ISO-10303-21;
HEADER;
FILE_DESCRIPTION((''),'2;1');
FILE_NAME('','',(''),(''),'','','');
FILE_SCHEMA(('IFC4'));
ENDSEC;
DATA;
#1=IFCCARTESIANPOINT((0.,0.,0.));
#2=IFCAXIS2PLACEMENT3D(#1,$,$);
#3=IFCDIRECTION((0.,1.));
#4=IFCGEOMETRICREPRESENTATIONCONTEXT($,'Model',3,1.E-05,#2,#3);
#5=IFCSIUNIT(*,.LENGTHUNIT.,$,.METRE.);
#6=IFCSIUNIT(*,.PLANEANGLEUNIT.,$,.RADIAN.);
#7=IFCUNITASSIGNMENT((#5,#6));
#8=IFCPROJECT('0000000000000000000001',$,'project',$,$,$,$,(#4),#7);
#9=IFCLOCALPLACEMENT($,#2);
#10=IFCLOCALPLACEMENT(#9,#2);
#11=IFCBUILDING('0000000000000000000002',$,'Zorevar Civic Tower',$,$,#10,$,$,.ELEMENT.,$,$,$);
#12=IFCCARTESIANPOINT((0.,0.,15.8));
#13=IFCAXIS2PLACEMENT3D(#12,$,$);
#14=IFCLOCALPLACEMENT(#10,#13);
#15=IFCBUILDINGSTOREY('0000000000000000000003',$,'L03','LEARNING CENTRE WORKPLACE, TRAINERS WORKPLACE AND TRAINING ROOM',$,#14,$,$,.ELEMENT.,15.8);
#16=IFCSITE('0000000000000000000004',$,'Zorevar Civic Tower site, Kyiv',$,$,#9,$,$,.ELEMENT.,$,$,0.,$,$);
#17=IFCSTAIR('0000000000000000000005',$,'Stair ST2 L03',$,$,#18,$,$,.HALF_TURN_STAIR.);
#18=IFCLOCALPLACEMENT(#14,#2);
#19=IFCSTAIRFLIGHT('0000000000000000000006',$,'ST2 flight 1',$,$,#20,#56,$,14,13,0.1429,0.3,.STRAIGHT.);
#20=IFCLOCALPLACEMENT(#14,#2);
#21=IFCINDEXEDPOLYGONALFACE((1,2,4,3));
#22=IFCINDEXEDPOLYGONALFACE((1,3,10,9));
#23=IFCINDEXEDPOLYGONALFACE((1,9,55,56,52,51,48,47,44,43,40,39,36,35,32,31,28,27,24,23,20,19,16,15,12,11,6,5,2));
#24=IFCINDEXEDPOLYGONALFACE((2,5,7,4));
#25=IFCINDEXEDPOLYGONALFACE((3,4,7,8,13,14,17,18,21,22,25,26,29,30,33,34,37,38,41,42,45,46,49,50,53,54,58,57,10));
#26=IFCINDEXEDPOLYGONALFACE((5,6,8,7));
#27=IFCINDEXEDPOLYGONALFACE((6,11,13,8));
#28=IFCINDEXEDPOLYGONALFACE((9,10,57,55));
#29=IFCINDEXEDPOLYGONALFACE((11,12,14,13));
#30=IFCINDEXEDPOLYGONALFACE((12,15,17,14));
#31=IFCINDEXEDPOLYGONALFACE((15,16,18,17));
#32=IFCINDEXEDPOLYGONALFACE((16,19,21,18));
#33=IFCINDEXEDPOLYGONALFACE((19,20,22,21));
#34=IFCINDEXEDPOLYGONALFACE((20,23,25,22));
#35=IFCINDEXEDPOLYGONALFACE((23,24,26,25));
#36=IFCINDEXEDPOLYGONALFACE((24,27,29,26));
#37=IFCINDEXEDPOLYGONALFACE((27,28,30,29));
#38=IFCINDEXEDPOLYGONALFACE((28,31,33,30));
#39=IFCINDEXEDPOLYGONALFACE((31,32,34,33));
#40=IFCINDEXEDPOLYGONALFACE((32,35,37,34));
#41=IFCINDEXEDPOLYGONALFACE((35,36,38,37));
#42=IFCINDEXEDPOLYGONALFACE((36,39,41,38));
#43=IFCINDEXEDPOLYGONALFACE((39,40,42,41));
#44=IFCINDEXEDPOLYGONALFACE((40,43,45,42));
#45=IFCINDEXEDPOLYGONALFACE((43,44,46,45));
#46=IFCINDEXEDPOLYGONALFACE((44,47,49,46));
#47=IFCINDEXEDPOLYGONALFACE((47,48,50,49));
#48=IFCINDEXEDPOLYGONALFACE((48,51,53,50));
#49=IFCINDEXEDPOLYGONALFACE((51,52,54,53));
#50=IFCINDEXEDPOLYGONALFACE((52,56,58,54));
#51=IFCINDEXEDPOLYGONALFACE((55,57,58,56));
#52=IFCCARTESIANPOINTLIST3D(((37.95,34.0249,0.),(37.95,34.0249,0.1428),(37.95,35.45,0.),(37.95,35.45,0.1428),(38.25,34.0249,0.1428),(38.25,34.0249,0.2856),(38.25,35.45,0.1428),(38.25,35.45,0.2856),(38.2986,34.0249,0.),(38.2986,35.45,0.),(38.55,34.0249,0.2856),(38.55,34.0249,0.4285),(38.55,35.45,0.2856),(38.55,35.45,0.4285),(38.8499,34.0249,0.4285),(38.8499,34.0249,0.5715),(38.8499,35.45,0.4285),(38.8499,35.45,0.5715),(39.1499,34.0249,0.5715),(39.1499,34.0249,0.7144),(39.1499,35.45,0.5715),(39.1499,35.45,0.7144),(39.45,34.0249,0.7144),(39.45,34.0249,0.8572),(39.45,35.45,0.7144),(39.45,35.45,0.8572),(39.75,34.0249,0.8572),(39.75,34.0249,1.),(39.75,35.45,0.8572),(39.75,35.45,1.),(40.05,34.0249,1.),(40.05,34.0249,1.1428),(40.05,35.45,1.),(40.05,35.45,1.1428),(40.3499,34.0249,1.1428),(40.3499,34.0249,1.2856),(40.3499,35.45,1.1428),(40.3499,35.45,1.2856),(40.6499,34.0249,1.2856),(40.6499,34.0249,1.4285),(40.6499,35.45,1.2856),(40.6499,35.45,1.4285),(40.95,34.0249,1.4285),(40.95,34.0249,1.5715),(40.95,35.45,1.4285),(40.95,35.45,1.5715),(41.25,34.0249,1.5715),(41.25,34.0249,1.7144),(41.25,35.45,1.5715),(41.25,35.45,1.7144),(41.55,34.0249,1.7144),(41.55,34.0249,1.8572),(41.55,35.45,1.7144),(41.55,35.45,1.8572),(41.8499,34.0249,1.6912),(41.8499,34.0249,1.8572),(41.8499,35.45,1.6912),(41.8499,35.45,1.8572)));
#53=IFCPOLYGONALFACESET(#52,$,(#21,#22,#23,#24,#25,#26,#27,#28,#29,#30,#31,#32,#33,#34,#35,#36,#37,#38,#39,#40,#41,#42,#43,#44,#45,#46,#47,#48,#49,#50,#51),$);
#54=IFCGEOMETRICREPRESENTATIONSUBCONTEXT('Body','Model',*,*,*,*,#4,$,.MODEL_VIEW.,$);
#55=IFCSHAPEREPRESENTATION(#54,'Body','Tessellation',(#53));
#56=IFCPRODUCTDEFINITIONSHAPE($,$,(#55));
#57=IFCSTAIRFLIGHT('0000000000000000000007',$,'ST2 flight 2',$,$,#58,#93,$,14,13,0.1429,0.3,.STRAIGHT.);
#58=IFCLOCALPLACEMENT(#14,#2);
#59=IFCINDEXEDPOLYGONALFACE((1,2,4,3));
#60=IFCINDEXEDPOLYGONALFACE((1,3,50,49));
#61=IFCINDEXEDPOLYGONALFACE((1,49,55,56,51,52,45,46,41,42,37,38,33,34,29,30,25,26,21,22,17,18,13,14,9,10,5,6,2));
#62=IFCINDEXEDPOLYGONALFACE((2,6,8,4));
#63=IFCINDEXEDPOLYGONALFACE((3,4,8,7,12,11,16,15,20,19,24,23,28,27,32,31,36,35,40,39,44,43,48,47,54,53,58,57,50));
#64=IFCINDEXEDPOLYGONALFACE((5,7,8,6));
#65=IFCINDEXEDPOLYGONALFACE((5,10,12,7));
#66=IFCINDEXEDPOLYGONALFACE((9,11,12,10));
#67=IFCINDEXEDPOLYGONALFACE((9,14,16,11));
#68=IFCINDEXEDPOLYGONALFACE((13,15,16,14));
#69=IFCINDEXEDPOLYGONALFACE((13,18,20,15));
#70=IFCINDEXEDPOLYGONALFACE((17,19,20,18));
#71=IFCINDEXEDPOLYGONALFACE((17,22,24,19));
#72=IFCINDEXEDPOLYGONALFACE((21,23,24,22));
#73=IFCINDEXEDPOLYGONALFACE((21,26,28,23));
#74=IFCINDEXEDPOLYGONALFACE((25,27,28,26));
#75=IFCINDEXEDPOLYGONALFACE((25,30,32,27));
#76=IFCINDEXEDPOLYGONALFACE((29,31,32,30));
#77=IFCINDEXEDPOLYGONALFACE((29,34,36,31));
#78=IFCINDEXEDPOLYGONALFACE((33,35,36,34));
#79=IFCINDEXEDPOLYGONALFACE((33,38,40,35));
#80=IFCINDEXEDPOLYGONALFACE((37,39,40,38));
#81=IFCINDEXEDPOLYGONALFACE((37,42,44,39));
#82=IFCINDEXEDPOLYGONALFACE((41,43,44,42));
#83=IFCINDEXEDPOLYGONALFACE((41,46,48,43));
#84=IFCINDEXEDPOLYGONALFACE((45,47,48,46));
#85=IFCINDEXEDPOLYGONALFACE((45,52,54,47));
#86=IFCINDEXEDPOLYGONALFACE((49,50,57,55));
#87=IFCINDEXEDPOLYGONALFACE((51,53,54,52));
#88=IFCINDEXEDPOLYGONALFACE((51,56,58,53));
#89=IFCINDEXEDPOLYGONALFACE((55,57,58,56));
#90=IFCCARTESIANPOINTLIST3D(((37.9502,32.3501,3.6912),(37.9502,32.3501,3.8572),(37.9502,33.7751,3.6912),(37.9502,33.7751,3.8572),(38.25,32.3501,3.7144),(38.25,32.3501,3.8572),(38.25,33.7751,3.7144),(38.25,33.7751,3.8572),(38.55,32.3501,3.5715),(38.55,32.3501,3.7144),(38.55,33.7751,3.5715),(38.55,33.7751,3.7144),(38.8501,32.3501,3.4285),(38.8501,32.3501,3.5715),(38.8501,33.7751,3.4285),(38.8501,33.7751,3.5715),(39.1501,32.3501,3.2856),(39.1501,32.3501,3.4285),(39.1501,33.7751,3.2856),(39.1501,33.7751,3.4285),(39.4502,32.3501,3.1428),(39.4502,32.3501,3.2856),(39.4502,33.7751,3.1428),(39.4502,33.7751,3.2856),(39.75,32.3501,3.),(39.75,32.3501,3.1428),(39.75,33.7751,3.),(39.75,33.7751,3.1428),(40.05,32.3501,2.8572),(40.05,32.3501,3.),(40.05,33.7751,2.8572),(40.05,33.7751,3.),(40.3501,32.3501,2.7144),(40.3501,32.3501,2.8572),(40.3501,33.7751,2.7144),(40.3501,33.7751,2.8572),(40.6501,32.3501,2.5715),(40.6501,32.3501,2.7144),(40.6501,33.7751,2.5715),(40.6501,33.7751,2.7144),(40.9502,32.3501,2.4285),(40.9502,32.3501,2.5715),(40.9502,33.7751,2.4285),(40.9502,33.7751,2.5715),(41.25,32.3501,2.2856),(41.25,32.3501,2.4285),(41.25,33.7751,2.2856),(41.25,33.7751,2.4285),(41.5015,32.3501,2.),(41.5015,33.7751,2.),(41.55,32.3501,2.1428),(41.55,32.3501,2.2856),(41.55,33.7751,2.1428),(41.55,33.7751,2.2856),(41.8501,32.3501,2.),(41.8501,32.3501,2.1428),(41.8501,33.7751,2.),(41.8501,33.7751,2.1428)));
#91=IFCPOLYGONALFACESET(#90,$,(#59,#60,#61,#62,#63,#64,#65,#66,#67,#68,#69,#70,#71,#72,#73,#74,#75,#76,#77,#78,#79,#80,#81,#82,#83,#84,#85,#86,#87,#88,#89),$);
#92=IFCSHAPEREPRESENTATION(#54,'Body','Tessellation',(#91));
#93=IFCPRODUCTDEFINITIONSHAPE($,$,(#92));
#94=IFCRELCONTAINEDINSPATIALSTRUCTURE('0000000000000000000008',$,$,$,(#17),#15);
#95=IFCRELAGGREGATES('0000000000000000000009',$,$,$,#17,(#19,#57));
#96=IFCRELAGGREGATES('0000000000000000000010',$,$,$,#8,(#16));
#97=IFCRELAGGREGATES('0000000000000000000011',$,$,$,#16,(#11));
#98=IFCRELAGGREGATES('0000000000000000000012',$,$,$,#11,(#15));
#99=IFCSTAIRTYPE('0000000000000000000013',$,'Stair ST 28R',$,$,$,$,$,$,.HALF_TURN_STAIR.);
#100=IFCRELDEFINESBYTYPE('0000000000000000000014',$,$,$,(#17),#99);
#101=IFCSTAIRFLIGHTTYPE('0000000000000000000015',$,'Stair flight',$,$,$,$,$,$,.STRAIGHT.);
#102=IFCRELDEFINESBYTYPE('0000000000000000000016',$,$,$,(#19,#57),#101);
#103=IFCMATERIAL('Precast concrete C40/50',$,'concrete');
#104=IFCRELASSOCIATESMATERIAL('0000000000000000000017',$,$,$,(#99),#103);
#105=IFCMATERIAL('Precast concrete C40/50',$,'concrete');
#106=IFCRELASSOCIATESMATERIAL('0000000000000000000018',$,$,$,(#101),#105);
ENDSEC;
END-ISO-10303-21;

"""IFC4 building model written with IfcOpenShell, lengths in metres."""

from ifc_helpers import new_model, si_unit, direction, frame, origin, place, context, subcontext, project, spatial, polyline, outline, extrude, material, type_object, element, aggregate, save


model = new_model("IFC4")

# Units and contexts
model_context = context("Model", 3, precision=1e-05, world=origin(), true_north=direction((0.0, 1.0)))
body_context = subcontext(model_context, "Body", "Model", "MODEL_VIEW")
ifc_project = project(units=[si_unit("LENGTHUNIT", "METRE"), si_unit("PLANEANGLEUNIT", "RADIAN")], contexts=[model_context])

# Site, building, storey
site_placement = place(None, origin())
site = spatial("IfcSite", under=ifc_project, at=site_placement, Name="Zorevar Civic Tower site, Kyiv", CompositionType="ELEMENT", RefElevation=0.0)
building_placement = place(site_placement, origin())
building = spatial("IfcBuilding", under=site, at=building_placement, Name="Zorevar Civic Tower", CompositionType="ELEMENT")
storey_placement = place(building_placement, frame((0.0, 0.0, 15.8)))
storey = spatial("IfcBuildingStorey", under=building, at=storey_placement, Name="L03", Description="LEARNING CENTRE WORKPLACE, TRAINERS WORKPLACE AND TRAINING ROOM", CompositionType="ELEMENT", Elevation=15.8)

# Stair, stair flights
ifc_material_1 = material(Name="Precast concrete C40/50", Category="concrete")
stair_type = type_object("IfcStairType", Name="Stair ST 28R", PredefinedType="HALF_TURN_STAIR", material=ifc_material_1)
stair_placement = place(storey_placement, origin())
stair = element("IfcStair", 1, at=stair_placement, inside=storey, type_object=stair_type, Name="Stair ST2 L03", PredefinedType="HALF_TURN_STAIR")
ifc_material_2 = material(Name="Precast concrete C40/50", Category="concrete")
stair_flight_type = type_object("IfcStairFlightType", Name="Stair flight", PredefinedType="STRAIGHT", material=ifc_material_2)
stair_flight_1_placement = place(storey_placement, frame((37.95, 34.7375, 0.0), z_axis=(0.0, 0.0, 1.0), x_axis=(1.0, 0.0, 0.0)))
stair_flight_1 = element("IfcStairFlight", 2, at=stair_flight_1_placement, type_object=stair_flight_type, Name="ST2 flight 1", NumberOfRisers=14, NumberOfTreads=13, PredefinedType="STRAIGHT", RiserHeight=0.1429, TreadLength=0.3, context=body_context, shape_type="SweptSolid", body=[
    extrude(outline(polyline([(0.0, 0.0), (0.0, 0.1428), (0.3, 0.1428), (0.3, 0.2856), (0.6001, 0.2856), (0.6001, 0.4285), (0.8999, 0.4285), (0.8999, 0.5715), (1.2, 0.5715), (1.2, 0.7144), (1.5, 0.7144), (1.5, 0.8572), (1.8, 0.8572), (1.8, 1.0), (2.1001, 1.0), (2.1001, 1.1428), (2.3999, 1.1428), (2.3999, 1.2856), (2.7, 1.2856), (2.7, 1.4285), (3.0, 1.4285), (3.0, 1.5715), (3.3, 1.5715), (3.3, 1.7144), (3.6001, 1.7144), (3.6001, 1.8572), (3.8999, 1.8572), (3.8999, 2.0), (3.8999, 1.6912), (0.3486, 0.0), (0.0, 0.0)])), frame((0.0, 0.7124, 0.0), z_axis=(0.0, -1.0, 0.0), x_axis=(1.0, 0.0, 0.0)), (0.0, 0.0, 1.0), 1.425),
])
stair_flight_2_placement = place(storey_placement, frame((41.8501, 33.0625, 2.0), z_axis=(0.0, 0.0, 1.0), x_axis=(-1.0, 0.0, 0.0)))
stair_flight_2 = element("IfcStairFlight", 3, at=stair_flight_2_placement, type_object=stair_flight_type, Name="ST2 flight 2", NumberOfRisers=14, NumberOfTreads=13, PredefinedType="STRAIGHT", RiserHeight=0.1429, TreadLength=0.3, context=body_context, shape_type="SweptSolid", body=[
    extrude(outline(polyline([(0.0, 0.0), (0.0, 0.1428), (0.3, 0.1428), (0.3, 0.2856), (0.6001, 0.2856), (0.6001, 0.4285), (0.8999, 0.4285), (0.8999, 0.5715), (1.2, 0.5715), (1.2, 0.7144), (1.5, 0.7144), (1.5, 0.8572), (1.8, 0.8572), (1.8, 1.0), (2.1001, 1.0), (2.1001, 1.1428), (2.3999, 1.1428), (2.3999, 1.2856), (2.7, 1.2856), (2.7, 1.4285), (3.0, 1.4285), (3.0, 1.5715), (3.3, 1.5715), (3.3, 1.7144), (3.6001, 1.7144), (3.6001, 1.8572), (3.8999, 1.8572), (3.8999, 2.0), (3.8999, 1.6912), (0.3486, 0.0), (0.0, 0.0)])), frame((0.0, 0.7124, 0.0), z_axis=(0.0, -1.0, 0.0), x_axis=(1.0, 0.0, 0.0)), (0.0, 0.0, 1.0), 1.425),
])
aggregate(stair, [stair_flight_1, stair_flight_2])

save(model, "model.ifc")
